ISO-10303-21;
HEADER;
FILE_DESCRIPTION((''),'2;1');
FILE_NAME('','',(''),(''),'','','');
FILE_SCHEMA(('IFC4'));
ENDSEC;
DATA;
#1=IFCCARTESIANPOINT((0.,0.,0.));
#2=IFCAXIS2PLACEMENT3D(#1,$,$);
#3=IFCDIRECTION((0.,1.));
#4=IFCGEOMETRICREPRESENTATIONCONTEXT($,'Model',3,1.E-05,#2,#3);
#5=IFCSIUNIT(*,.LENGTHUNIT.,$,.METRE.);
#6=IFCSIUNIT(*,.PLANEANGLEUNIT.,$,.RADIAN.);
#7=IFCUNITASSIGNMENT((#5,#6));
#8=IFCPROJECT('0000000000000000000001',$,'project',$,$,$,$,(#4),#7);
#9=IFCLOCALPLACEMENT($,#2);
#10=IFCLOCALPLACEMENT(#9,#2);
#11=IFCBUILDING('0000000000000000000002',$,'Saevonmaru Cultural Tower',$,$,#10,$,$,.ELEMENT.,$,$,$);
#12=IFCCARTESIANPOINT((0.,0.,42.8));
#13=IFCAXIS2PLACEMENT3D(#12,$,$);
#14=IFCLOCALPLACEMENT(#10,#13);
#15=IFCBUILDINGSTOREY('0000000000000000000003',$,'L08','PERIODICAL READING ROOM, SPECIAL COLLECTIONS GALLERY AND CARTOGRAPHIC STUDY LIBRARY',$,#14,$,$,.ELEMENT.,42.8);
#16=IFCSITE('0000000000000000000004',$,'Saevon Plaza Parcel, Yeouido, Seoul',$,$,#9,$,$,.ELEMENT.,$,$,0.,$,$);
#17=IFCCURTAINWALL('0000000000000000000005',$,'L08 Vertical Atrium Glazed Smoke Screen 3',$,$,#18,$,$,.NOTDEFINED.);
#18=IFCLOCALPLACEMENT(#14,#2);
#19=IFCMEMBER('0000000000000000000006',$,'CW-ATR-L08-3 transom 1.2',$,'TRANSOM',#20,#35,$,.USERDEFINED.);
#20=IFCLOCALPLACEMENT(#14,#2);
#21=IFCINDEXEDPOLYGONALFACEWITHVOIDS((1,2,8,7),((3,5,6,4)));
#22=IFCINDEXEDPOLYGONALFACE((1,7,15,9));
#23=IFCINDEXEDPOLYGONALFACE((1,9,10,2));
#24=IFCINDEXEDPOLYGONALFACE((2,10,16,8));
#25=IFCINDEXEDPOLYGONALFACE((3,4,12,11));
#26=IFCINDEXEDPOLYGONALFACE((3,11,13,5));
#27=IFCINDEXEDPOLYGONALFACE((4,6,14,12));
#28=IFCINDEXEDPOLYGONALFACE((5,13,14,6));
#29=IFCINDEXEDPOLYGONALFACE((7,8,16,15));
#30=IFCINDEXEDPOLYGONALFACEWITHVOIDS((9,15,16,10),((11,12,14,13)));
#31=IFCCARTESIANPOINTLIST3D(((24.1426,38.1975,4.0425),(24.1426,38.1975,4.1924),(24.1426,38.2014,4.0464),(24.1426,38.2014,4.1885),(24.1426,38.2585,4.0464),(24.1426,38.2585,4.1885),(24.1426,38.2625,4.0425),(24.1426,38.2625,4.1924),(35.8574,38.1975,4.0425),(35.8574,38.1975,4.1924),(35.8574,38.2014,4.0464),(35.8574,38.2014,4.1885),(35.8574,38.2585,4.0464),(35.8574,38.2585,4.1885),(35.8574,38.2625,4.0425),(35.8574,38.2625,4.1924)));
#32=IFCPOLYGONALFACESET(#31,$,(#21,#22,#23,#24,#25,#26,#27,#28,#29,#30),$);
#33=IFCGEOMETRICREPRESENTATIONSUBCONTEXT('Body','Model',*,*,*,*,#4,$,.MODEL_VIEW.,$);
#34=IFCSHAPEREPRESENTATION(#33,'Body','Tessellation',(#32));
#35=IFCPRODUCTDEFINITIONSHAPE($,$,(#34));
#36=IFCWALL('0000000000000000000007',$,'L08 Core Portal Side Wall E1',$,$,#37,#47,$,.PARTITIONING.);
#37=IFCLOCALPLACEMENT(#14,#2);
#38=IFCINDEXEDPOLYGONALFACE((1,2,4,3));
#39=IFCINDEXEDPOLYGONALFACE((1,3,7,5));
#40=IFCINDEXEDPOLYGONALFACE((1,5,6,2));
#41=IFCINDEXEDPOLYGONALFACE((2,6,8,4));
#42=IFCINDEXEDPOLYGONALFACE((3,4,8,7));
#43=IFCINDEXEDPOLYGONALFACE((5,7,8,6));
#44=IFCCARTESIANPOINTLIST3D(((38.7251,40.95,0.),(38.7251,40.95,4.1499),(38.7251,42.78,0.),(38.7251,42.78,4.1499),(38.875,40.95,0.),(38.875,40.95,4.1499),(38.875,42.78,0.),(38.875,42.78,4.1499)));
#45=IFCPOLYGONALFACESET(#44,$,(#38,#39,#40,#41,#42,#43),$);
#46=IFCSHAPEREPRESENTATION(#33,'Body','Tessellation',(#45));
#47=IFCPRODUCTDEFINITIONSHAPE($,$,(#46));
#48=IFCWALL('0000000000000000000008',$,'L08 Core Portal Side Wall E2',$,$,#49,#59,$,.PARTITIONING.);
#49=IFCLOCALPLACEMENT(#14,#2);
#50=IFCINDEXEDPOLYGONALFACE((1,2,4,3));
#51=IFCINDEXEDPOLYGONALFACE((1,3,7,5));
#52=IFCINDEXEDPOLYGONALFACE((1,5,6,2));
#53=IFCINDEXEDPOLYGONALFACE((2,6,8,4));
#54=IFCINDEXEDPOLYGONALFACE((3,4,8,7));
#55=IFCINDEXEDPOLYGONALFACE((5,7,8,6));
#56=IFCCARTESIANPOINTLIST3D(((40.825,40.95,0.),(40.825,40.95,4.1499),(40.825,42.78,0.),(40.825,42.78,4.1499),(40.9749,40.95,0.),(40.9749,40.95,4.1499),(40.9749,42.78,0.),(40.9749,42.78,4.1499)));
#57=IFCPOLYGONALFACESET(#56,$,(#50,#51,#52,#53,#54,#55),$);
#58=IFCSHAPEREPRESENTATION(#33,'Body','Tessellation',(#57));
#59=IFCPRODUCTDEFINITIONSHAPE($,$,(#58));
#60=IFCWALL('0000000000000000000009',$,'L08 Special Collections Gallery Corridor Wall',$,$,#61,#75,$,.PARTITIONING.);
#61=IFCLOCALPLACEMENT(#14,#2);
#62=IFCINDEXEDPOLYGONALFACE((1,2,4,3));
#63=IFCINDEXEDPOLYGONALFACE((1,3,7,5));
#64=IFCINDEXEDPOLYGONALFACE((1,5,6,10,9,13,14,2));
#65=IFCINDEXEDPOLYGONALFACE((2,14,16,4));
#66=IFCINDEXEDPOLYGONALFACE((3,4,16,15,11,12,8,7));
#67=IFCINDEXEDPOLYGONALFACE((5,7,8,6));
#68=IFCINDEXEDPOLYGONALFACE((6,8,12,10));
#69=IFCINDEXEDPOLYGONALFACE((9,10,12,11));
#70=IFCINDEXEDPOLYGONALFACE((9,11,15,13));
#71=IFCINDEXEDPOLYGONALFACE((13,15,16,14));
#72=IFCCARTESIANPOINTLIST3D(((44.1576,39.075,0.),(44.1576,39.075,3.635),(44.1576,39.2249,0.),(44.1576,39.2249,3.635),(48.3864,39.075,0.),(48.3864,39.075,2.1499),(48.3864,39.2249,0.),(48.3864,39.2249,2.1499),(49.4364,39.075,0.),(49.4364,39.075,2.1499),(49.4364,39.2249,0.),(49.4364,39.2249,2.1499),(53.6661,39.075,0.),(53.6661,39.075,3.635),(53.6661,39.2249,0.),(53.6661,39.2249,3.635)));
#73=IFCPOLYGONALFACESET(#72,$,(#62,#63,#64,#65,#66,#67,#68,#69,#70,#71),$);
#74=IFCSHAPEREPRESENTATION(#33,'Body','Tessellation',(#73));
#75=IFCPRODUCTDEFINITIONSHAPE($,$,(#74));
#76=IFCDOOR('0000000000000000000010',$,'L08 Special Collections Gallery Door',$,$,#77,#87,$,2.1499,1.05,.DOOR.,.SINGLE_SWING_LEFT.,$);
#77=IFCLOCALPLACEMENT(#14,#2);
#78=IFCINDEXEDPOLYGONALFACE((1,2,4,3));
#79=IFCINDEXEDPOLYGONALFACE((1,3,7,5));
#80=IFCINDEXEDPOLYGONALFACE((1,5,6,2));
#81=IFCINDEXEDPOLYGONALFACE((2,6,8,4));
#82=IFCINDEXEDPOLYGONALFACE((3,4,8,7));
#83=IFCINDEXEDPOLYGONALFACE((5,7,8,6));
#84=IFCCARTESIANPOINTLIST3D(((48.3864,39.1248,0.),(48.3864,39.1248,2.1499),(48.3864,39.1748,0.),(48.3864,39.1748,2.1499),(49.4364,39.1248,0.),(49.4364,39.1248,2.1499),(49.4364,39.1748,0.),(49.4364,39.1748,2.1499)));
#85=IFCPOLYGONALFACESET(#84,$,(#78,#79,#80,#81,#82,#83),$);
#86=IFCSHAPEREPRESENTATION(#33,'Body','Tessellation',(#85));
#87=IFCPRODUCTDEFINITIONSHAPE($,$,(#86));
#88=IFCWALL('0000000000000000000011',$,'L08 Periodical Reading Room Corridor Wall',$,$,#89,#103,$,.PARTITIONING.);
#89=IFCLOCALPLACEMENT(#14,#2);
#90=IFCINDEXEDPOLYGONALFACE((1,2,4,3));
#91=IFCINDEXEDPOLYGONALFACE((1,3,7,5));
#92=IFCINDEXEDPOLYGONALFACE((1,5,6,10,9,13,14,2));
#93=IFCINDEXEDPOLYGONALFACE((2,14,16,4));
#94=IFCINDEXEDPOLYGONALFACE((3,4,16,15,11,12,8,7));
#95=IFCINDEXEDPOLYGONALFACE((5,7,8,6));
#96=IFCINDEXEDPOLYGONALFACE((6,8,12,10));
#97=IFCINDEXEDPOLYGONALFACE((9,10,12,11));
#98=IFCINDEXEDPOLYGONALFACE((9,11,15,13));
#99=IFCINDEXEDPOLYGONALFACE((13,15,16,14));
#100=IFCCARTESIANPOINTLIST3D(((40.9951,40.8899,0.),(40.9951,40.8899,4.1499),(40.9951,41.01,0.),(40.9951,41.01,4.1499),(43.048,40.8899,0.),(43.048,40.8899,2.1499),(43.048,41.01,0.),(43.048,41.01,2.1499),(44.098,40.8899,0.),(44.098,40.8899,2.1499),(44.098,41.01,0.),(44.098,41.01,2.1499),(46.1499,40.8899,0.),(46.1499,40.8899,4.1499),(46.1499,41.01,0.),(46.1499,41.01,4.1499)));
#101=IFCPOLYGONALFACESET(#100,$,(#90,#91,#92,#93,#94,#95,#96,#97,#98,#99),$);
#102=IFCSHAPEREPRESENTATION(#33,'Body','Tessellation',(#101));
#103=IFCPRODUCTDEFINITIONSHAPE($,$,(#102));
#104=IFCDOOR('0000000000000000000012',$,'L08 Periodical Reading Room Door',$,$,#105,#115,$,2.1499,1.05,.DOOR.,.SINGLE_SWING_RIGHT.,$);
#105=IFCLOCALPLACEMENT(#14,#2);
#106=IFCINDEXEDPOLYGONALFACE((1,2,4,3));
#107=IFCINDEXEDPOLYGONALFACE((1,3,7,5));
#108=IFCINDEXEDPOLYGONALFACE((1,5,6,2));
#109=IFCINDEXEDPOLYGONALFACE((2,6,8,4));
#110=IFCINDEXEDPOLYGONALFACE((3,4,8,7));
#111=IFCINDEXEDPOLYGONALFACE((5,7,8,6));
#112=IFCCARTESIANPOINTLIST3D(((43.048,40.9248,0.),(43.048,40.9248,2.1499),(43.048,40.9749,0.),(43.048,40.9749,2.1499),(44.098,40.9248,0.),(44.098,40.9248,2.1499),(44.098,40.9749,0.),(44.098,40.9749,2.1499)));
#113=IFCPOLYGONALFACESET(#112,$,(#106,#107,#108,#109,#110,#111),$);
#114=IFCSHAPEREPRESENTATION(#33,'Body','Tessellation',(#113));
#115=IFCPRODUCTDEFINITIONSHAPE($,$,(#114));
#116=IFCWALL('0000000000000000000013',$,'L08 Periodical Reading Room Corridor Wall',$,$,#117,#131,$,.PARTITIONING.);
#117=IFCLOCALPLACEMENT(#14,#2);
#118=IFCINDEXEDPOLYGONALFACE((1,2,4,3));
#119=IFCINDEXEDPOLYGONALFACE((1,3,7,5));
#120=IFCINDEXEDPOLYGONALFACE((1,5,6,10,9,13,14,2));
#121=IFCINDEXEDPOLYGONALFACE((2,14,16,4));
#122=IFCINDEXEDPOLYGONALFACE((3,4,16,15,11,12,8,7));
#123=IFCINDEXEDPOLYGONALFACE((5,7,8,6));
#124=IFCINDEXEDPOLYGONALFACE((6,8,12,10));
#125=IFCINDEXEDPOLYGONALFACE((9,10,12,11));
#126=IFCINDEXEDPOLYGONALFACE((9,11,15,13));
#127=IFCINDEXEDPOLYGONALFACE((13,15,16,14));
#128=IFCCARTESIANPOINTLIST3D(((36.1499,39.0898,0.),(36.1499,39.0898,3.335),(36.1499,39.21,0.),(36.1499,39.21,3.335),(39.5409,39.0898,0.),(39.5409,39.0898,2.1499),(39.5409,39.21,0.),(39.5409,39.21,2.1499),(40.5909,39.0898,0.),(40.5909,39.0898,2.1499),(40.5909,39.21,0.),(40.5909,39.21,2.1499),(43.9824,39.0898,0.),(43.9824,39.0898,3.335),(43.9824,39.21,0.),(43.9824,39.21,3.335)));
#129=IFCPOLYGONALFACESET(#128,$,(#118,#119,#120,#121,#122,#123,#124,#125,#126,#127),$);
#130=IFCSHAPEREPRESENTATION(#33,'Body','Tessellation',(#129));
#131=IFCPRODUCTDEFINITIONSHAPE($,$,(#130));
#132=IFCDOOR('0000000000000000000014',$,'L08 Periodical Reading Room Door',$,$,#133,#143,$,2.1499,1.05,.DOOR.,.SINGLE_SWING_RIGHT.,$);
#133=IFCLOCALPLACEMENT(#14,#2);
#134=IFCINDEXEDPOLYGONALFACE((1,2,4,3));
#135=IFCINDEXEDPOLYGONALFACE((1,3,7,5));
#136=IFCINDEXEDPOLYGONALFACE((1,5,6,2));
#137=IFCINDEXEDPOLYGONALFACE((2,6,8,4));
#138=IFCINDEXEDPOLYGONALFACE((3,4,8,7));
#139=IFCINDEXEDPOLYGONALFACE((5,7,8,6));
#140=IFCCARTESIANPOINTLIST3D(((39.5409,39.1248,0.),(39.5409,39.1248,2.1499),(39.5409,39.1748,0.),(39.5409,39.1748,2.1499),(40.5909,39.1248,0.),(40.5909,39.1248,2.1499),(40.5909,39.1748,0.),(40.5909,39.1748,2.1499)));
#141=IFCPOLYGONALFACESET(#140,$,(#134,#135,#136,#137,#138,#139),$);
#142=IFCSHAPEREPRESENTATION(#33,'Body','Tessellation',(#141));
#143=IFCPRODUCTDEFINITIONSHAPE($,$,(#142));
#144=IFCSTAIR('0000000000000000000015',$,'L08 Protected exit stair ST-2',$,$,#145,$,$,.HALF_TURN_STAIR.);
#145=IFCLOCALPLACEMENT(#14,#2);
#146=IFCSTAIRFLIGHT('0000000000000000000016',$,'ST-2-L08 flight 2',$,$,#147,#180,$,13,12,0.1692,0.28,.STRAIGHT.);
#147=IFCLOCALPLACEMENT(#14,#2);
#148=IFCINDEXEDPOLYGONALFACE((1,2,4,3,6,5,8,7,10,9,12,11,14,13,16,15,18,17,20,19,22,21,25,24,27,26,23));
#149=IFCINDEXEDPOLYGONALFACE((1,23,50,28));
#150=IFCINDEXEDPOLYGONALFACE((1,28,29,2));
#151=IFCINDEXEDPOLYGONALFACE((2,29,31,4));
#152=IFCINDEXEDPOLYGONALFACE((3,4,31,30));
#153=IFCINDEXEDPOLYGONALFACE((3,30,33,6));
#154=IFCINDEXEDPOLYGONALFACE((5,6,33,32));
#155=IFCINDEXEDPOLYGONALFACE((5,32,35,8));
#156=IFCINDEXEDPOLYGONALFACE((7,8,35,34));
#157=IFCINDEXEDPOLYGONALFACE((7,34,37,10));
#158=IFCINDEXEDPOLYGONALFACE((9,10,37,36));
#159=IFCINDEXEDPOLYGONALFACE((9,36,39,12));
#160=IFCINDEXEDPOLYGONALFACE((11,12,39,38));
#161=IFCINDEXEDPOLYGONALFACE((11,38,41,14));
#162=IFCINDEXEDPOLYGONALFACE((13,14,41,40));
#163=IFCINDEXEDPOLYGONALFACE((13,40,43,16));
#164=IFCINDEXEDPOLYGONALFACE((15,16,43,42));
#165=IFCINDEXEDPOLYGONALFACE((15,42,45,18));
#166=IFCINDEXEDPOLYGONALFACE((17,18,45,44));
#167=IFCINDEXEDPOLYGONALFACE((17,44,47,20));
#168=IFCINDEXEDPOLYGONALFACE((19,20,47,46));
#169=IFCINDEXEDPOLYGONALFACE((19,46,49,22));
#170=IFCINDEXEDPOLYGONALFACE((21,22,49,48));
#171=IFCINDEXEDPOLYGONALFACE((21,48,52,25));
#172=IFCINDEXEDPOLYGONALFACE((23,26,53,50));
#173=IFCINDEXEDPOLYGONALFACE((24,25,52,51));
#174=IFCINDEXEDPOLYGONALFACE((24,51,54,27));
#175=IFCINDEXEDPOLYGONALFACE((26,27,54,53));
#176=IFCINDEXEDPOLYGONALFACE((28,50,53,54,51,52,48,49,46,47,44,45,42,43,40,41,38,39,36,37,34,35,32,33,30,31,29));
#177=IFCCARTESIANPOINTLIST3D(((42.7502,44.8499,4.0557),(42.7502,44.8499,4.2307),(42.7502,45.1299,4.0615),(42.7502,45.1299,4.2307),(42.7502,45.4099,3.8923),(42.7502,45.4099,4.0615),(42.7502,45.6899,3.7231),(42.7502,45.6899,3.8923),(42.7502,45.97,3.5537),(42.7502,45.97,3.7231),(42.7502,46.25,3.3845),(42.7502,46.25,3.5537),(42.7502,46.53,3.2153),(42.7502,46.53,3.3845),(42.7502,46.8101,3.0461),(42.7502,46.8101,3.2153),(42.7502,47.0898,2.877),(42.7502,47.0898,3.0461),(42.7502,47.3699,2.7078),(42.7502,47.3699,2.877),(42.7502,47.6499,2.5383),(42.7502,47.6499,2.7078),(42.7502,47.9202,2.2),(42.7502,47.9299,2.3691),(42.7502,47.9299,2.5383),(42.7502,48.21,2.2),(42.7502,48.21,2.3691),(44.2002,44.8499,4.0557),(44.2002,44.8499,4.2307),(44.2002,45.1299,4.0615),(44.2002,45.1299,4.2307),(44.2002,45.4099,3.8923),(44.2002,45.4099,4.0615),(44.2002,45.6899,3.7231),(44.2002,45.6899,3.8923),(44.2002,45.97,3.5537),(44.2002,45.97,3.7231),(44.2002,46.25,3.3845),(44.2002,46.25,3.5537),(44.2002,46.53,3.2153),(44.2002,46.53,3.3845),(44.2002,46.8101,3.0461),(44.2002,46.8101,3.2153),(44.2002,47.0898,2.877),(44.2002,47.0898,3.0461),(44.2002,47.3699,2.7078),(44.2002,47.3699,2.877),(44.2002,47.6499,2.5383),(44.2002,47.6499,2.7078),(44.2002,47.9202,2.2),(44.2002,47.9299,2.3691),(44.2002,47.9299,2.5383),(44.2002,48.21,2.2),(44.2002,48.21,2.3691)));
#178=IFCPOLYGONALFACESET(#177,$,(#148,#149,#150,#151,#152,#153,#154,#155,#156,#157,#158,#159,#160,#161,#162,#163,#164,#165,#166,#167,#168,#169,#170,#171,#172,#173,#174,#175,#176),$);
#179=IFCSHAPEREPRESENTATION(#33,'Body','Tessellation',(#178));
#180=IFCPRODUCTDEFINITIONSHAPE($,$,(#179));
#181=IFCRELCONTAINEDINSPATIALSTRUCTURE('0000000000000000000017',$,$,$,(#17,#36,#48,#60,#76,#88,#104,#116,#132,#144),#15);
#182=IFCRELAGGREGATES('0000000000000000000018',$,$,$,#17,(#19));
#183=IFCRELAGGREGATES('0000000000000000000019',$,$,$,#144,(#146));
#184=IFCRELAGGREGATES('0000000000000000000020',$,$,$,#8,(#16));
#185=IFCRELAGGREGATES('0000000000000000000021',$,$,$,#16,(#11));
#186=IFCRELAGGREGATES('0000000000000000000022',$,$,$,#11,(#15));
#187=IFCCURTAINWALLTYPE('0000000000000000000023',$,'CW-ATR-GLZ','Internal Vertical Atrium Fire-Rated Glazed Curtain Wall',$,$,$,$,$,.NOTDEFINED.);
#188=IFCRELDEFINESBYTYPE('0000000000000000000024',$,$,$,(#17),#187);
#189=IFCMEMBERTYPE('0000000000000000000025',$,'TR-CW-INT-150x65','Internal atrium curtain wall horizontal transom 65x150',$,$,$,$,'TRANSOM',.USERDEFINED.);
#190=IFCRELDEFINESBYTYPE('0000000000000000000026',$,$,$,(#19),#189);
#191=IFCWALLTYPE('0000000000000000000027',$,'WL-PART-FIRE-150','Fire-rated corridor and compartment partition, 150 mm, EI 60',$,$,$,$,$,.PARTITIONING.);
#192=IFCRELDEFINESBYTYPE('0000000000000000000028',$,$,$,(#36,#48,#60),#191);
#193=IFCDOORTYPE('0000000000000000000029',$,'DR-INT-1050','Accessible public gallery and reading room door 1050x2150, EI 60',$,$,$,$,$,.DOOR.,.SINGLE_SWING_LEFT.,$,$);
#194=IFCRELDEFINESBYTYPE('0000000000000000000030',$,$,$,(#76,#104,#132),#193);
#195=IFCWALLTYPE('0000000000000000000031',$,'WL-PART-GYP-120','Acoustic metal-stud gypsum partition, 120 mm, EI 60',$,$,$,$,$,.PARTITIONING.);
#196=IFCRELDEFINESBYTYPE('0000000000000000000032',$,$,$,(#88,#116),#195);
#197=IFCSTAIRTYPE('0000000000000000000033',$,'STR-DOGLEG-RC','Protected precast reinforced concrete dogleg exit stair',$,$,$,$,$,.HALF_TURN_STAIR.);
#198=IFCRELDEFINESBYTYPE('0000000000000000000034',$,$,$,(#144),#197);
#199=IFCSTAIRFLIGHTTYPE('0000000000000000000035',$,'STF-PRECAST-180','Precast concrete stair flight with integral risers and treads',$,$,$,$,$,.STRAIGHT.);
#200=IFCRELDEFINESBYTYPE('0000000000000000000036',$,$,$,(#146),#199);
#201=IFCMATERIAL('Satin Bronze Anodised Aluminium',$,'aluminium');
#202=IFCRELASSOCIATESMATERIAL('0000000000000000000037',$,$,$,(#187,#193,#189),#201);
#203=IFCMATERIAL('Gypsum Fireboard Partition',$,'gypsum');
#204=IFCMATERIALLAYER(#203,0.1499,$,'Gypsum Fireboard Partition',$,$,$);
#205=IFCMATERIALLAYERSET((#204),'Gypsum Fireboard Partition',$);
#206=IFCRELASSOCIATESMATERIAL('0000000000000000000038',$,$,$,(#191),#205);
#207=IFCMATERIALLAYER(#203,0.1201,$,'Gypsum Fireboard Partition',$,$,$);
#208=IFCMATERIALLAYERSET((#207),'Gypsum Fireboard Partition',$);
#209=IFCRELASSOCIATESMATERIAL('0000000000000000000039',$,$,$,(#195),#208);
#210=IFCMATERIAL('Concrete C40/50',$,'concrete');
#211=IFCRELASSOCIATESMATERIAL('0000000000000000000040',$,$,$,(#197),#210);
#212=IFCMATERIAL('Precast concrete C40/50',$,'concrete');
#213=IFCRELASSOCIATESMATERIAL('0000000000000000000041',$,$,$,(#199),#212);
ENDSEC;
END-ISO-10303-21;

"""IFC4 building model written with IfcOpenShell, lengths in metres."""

from ifc_helpers import new_model, si_unit, direction, frame, frame_2d, origin, origin_2d, place, context, subcontext, project, spatial, polyline, rectangle, hollow_rectangle, outline, extrude, material, layer, layer_set, material_profile, profile_set, type_object, element, fill, aggregate, save


model = new_model("IFC4")

# Units and contexts
model_context = context("Model", 3, precision=1e-05, world=origin(), true_north=direction((0.0, 1.0)))
body_context = subcontext(model_context, "Body", "Model", "MODEL_VIEW")
ifc_project = project(units=[si_unit("LENGTHUNIT", "METRE"), si_unit("PLANEANGLEUNIT", "RADIAN")], contexts=[model_context])

# Site, building, storey
site_placement = place(None, origin())
site = spatial("IfcSite", under=ifc_project, at=site_placement, Name="Saevon Plaza Parcel, Yeouido, Seoul", CompositionType="ELEMENT", RefElevation=0.0)
building_placement = place(site_placement, origin())
building = spatial("IfcBuilding", under=site, at=building_placement, Name="Saevonmaru Cultural Tower", CompositionType="ELEMENT")
storey_placement = place(building_placement, frame((0.0, 0.0, 42.8)))
storey = spatial("IfcBuildingStorey", under=building, at=storey_placement, Name="L08", Description="PERIODICAL READING ROOM, SPECIAL COLLECTIONS GALLERY AND CARTOGRAPHIC STUDY LIBRARY", CompositionType="ELEMENT", Elevation=42.8)

# Shared definitions
ifc_material_1 = material(Name="Satin Bronze Anodised Aluminium", Category="aluminium")
curtain_wall_type = type_object("IfcCurtainWallType", Name="CW-ATR-GLZ", Description="Internal Vertical Atrium Fire-Rated Glazed Curtain Wall", PredefinedType="NOTDEFINED", material=ifc_material_1)

# Curtain wall, member
curtain_wall_1_placement = place(storey_placement, origin())
curtain_wall_1 = element("IfcCurtainWall", 1, at=curtain_wall_1_placement, inside=storey, type_object=curtain_wall_type, Name="L08 Vertical Atrium Glazed Smoke Screen 3", PredefinedType="NOTDEFINED")
ifc_material_profile_1 = material_profile(ifc_material_1, hollow_rectangle(XDim=0.0649, YDim=0.1499, WallThickness=0.0039, at=origin_2d()), Name="ALU-TRAN-150x65x4")
ifc_profile_set_1 = profile_set([ifc_material_profile_1], Name="Satin Bronze Anodised Aluminium")
member_type_1 = type_object("IfcMemberType", Name="TR-CW-INT-150x65", Description="Internal atrium curtain wall horizontal transom 65x150", ElementType="TRANSOM", PredefinedType="USERDEFINED", material=ifc_profile_set_1)
member_1_placement = place(storey_placement, frame((35.8574, 38.23, 4.1174), z_axis=(-1.0, 0.0, 0.0), x_axis=(0.0, -1.0, 0.0)))
member_1 = element("IfcMember", 2, at=member_1_placement, type_object=member_type_1, Name="CW-ATR-L08-3 transom 1.2", ObjectType="TRANSOM", PredefinedType="USERDEFINED", context=body_context, shape_type="SweptSolid", body=[
    extrude(hollow_rectangle(XDim=0.0649, YDim=0.1499, WallThickness=0.0039, at=origin_2d()), origin(), (0.0, 0.0, 1.0), 11.7148),
])
aggregate(curtain_wall_1, [member_1])

# Walls
ifc_material_2 = material(Name="Gypsum Fireboard Partition", Category="gypsum")
ifc_layer_1 = layer(ifc_material_2, 0.1499, Name="Gypsum Fireboard Partition")
ifc_layer_set_1 = layer_set([ifc_layer_1], Name="Gypsum Fireboard Partition")
wall_type_1 = type_object("IfcWallType", Name="WL-PART-FIRE-150", Description="Fire-rated corridor and compartment partition, 150 mm, EI 60", PredefinedType="PARTITIONING", material=ifc_layer_set_1)
for number, where, z_axis, x_axis, name in (
    (3, (38.8, 40.95, 0.0), (0.0, 0.0, 1.0), (0.0, 1.0, 0.0), "L08 Core Portal Side Wall E1"),
    (4, (40.8999, 40.95, 0.0), (0.0, 0.0, 1.0), (0.0, 1.0, 0.0), "L08 Core Portal Side Wall E2"),
):
    element("IfcWall", number, at=place(storey_placement, frame(where, z_axis=z_axis, x_axis=x_axis)), inside=storey, type_object=wall_type_1, Name=name, PredefinedType="PARTITIONING", context=body_context, shape_type="SweptSolid", body=[
        extrude(rectangle(XDim=1.8301, YDim=0.1499, at=frame_2d((0.915, 0.0))), origin(), (0.0, 0.0, 1.0), 4.1499),
    ])

# Walls, openings, doors
wall_1_placement = place(storey_placement, frame((44.1575, 39.1499, 0.0), z_axis=(0.0, 0.0, 1.0), x_axis=(1.0, 0.0, 0.0)))
wall_1 = element("IfcWall", 5, at=wall_1_placement, inside=storey, type_object=wall_type_1, Name="L08 Special Collections Gallery Corridor Wall", PredefinedType="PARTITIONING", context=body_context, shape_type="SweptSolid", body=[
    extrude(rectangle(XDim=9.5085, YDim=0.1499, at=frame_2d((4.7544, 0.0))), origin(), (0.0, 0.0, 1.0), 3.635),
])
opening_1_placement = place(wall_1_placement, frame((4.229, 0.0, 0.0)))
opening_1 = element("IfcOpeningElement", 6, at=opening_1_placement, cuts=wall_1, PredefinedType="OPENING", context=body_context, shape_type="SweptSolid", body=[
    extrude(rectangle(XDim=1.05, YDim=2.1499, at=frame_2d((0.5249, 1.075))), frame((0.0, 0.085, 0.0), z_axis=(0.0, -1.0, 0.0), x_axis=(1.0, 0.0, 0.0)), (0.0, 0.0, 1.0), 0.1699),
])
door_type = type_object("IfcDoorType", Name="DR-INT-1050", Description="Accessible public gallery and reading room door 1050x2150, EI 60", OperationType="SINGLE_SWING_LEFT", PredefinedType="DOOR", material=ifc_material_1)
door_1_placement = place(opening_1_placement, origin())
door_1 = element("IfcDoor", 7, at=door_1_placement, inside=storey, type_object=door_type, Name="L08 Special Collections Gallery Door", OperationType="SINGLE_SWING_LEFT", OverallHeight=2.1499, OverallWidth=1.05, PredefinedType="DOOR", context=body_context, shape_type="SweptSolid", body=[
    extrude(rectangle(XDim=1.05, YDim=2.1499, at=frame_2d((0.5249, 1.075))), frame((0.0, 0.0249, 0.0), z_axis=(0.0, -1.0, 0.0), x_axis=(1.0, 0.0, 0.0)), (0.0, 0.0, 1.0), 0.05),
])
fill(opening_1, door_1)
ifc_layer_2 = layer(ifc_material_2, 0.1201, Name="Gypsum Fireboard Partition")
ifc_layer_set_2 = layer_set([ifc_layer_2], Name="Gypsum Fireboard Partition")
wall_type_2 = type_object("IfcWallType", Name="WL-PART-GYP-120", Description="Acoustic metal-stud gypsum partition, 120 mm, EI 60", PredefinedType="PARTITIONING", material=ifc_layer_set_2)
wall_2_placement = place(storey_placement, frame((40.9951, 40.95, 0.0), z_axis=(0.0, 0.0, 1.0), x_axis=(1.0, 0.0, 0.0)))
wall_2 = element("IfcWall", 8, at=wall_2_placement, inside=storey, type_object=wall_type_2, Name="L08 Periodical Reading Room Corridor Wall", PredefinedType="PARTITIONING", context=body_context, shape_type="SweptSolid", body=[
    extrude(rectangle(XDim=5.1548, YDim=0.1201, at=frame_2d((2.5774, 0.0))), origin(), (0.0, 0.0, 1.0), 4.1499),
])
opening_2_placement = place(wall_2_placement, frame((2.053, 0.0, 0.0)))
opening_2 = element("IfcOpeningElement", 9, at=opening_2_placement, cuts=wall_2, PredefinedType="OPENING", context=body_context, shape_type="SweptSolid", body=[
    extrude(rectangle(XDim=1.05, YDim=2.1499, at=frame_2d((0.5249, 1.075))), frame((0.0, 0.0701, 0.0), z_axis=(0.0, -1.0, 0.0), x_axis=(1.0, 0.0, 0.0)), (0.0, 0.0, 1.0), 0.1401),
])
door_2_placement = place(opening_2_placement, origin())
door_2 = element("IfcDoor", 10, at=door_2_placement, inside=storey, type_object=door_type, Name="L08 Periodical Reading Room Door", OperationType="SINGLE_SWING_RIGHT", OverallHeight=2.1499, OverallWidth=1.05, PredefinedType="DOOR", context=body_context, shape_type="SweptSolid", body=[
    extrude(rectangle(XDim=1.05, YDim=2.1499, at=frame_2d((0.5249, 1.075))), frame((0.0, 0.0249, 0.0), z_axis=(0.0, -1.0, 0.0), x_axis=(1.0, 0.0, 0.0)), (0.0, 0.0, 1.0), 0.05),
])
fill(opening_2, door_2)
wall_3_placement = place(storey_placement, frame((36.1499, 39.1499, 0.0), z_axis=(0.0, 0.0, 1.0), x_axis=(1.0, 0.0, 0.0)))
wall_3 = element("IfcWall", 11, at=wall_3_placement, inside=storey, type_object=wall_type_2, Name="L08 Periodical Reading Room Corridor Wall", PredefinedType="PARTITIONING", context=body_context, shape_type="SweptSolid", body=[
    extrude(rectangle(XDim=7.8325, YDim=0.1201, at=frame_2d((3.9163, 0.0))), origin(), (0.0, 0.0, 1.0), 3.335),
])
opening_3_placement = place(wall_3_placement, frame((3.3911, 0.0, 0.0)))
opening_3 = element("IfcOpeningElement", 12, at=opening_3_placement, cuts=wall_3, PredefinedType="OPENING", context=body_context, shape_type="SweptSolid", body=[
    extrude(rectangle(XDim=1.05, YDim=2.1499, at=frame_2d((0.5249, 1.075))), frame((0.0, 0.0701, 0.0), z_axis=(0.0, -1.0, 0.0), x_axis=(1.0, 0.0, 0.0)), (0.0, 0.0, 1.0), 0.1401),
])
door_3_placement = place(opening_3_placement, origin())
door_3 = element("IfcDoor", 13, at=door_3_placement, inside=storey, type_object=door_type, Name="L08 Periodical Reading Room Door", OperationType="SINGLE_SWING_RIGHT", OverallHeight=2.1499, OverallWidth=1.05, PredefinedType="DOOR", context=body_context, shape_type="SweptSolid", body=[
    extrude(rectangle(XDim=1.05, YDim=2.1499, at=frame_2d((0.5249, 1.075))), frame((0.0, 0.0249, 0.0), z_axis=(0.0, -1.0, 0.0), x_axis=(1.0, 0.0, 0.0)), (0.0, 0.0, 1.0), 0.05),
])
fill(opening_3, door_3)

# Stair, stair flight
ifc_material_3 = material(Name="Concrete C40/50", Category="concrete")
stair_type = type_object("IfcStairType", Name="STR-DOGLEG-RC", Description="Protected precast reinforced concrete dogleg exit stair", PredefinedType="HALF_TURN_STAIR", material=ifc_material_3)
stair_placement = place(storey_placement, origin())
stair = element("IfcStair", 14, at=stair_placement, inside=storey, type_object=stair_type, Name="L08 Protected exit stair ST-2", PredefinedType="HALF_TURN_STAIR")
ifc_material_4 = material(Name="Precast concrete C40/50", Category="concrete")
stair_flight_type = type_object("IfcStairFlightType", Name="STF-PRECAST-180", Description="Precast concrete stair flight with integral risers and treads", PredefinedType="STRAIGHT", material=ifc_material_4)
stair_flight_placement = place(storey_placement, frame((43.4751, 48.21, 2.2), z_axis=(0.0, 0.0, 1.0), x_axis=(0.0, -1.0, 0.0)))
stair_flight = element("IfcStairFlight", 15, at=stair_flight_placement, type_object=stair_flight_type, Name="ST-2-L08 flight 2", NumberOfRisers=13, NumberOfTreads=12, PredefinedType="STRAIGHT", RiserHeight=0.1692, TreadLength=0.28, context=body_context, shape_type="SweptSolid", body=[
    extrude(outline(polyline([(0.0, 0.0), (0.0, 0.1692), (0.28, 0.1692), (0.28, 0.3384), (0.5601, 0.3384), (0.5601, 0.5078), (0.8401, 0.5078), (0.8401, 0.677), (1.1201, 0.677), (1.1201, 0.8462), (1.3999, 0.8462), (1.3999, 1.0154), (1.6799, 1.0154), (1.6799, 1.1846), (1.96, 1.1846), (1.96, 1.3538), (2.24, 1.3538), (2.24, 1.5232), (2.52, 1.5232), (2.52, 1.6924), (2.8, 1.6924), (2.8, 1.8616), (3.0801, 1.8616), (3.0801, 2.0308), (3.3601, 2.0308), (3.3601, 2.2), (3.3601, 1.8557), (0.2898, 0.0), (0.0, 0.0)])), frame((0.0, 0.7251, 0.0), z_axis=(0.0, -1.0, 0.0), x_axis=(1.0, 0.0, 0.0)), (0.0, 0.0, 1.0), 1.45),
])
aggregate(stair, [stair_flight])

save(model, "model.ifc")
